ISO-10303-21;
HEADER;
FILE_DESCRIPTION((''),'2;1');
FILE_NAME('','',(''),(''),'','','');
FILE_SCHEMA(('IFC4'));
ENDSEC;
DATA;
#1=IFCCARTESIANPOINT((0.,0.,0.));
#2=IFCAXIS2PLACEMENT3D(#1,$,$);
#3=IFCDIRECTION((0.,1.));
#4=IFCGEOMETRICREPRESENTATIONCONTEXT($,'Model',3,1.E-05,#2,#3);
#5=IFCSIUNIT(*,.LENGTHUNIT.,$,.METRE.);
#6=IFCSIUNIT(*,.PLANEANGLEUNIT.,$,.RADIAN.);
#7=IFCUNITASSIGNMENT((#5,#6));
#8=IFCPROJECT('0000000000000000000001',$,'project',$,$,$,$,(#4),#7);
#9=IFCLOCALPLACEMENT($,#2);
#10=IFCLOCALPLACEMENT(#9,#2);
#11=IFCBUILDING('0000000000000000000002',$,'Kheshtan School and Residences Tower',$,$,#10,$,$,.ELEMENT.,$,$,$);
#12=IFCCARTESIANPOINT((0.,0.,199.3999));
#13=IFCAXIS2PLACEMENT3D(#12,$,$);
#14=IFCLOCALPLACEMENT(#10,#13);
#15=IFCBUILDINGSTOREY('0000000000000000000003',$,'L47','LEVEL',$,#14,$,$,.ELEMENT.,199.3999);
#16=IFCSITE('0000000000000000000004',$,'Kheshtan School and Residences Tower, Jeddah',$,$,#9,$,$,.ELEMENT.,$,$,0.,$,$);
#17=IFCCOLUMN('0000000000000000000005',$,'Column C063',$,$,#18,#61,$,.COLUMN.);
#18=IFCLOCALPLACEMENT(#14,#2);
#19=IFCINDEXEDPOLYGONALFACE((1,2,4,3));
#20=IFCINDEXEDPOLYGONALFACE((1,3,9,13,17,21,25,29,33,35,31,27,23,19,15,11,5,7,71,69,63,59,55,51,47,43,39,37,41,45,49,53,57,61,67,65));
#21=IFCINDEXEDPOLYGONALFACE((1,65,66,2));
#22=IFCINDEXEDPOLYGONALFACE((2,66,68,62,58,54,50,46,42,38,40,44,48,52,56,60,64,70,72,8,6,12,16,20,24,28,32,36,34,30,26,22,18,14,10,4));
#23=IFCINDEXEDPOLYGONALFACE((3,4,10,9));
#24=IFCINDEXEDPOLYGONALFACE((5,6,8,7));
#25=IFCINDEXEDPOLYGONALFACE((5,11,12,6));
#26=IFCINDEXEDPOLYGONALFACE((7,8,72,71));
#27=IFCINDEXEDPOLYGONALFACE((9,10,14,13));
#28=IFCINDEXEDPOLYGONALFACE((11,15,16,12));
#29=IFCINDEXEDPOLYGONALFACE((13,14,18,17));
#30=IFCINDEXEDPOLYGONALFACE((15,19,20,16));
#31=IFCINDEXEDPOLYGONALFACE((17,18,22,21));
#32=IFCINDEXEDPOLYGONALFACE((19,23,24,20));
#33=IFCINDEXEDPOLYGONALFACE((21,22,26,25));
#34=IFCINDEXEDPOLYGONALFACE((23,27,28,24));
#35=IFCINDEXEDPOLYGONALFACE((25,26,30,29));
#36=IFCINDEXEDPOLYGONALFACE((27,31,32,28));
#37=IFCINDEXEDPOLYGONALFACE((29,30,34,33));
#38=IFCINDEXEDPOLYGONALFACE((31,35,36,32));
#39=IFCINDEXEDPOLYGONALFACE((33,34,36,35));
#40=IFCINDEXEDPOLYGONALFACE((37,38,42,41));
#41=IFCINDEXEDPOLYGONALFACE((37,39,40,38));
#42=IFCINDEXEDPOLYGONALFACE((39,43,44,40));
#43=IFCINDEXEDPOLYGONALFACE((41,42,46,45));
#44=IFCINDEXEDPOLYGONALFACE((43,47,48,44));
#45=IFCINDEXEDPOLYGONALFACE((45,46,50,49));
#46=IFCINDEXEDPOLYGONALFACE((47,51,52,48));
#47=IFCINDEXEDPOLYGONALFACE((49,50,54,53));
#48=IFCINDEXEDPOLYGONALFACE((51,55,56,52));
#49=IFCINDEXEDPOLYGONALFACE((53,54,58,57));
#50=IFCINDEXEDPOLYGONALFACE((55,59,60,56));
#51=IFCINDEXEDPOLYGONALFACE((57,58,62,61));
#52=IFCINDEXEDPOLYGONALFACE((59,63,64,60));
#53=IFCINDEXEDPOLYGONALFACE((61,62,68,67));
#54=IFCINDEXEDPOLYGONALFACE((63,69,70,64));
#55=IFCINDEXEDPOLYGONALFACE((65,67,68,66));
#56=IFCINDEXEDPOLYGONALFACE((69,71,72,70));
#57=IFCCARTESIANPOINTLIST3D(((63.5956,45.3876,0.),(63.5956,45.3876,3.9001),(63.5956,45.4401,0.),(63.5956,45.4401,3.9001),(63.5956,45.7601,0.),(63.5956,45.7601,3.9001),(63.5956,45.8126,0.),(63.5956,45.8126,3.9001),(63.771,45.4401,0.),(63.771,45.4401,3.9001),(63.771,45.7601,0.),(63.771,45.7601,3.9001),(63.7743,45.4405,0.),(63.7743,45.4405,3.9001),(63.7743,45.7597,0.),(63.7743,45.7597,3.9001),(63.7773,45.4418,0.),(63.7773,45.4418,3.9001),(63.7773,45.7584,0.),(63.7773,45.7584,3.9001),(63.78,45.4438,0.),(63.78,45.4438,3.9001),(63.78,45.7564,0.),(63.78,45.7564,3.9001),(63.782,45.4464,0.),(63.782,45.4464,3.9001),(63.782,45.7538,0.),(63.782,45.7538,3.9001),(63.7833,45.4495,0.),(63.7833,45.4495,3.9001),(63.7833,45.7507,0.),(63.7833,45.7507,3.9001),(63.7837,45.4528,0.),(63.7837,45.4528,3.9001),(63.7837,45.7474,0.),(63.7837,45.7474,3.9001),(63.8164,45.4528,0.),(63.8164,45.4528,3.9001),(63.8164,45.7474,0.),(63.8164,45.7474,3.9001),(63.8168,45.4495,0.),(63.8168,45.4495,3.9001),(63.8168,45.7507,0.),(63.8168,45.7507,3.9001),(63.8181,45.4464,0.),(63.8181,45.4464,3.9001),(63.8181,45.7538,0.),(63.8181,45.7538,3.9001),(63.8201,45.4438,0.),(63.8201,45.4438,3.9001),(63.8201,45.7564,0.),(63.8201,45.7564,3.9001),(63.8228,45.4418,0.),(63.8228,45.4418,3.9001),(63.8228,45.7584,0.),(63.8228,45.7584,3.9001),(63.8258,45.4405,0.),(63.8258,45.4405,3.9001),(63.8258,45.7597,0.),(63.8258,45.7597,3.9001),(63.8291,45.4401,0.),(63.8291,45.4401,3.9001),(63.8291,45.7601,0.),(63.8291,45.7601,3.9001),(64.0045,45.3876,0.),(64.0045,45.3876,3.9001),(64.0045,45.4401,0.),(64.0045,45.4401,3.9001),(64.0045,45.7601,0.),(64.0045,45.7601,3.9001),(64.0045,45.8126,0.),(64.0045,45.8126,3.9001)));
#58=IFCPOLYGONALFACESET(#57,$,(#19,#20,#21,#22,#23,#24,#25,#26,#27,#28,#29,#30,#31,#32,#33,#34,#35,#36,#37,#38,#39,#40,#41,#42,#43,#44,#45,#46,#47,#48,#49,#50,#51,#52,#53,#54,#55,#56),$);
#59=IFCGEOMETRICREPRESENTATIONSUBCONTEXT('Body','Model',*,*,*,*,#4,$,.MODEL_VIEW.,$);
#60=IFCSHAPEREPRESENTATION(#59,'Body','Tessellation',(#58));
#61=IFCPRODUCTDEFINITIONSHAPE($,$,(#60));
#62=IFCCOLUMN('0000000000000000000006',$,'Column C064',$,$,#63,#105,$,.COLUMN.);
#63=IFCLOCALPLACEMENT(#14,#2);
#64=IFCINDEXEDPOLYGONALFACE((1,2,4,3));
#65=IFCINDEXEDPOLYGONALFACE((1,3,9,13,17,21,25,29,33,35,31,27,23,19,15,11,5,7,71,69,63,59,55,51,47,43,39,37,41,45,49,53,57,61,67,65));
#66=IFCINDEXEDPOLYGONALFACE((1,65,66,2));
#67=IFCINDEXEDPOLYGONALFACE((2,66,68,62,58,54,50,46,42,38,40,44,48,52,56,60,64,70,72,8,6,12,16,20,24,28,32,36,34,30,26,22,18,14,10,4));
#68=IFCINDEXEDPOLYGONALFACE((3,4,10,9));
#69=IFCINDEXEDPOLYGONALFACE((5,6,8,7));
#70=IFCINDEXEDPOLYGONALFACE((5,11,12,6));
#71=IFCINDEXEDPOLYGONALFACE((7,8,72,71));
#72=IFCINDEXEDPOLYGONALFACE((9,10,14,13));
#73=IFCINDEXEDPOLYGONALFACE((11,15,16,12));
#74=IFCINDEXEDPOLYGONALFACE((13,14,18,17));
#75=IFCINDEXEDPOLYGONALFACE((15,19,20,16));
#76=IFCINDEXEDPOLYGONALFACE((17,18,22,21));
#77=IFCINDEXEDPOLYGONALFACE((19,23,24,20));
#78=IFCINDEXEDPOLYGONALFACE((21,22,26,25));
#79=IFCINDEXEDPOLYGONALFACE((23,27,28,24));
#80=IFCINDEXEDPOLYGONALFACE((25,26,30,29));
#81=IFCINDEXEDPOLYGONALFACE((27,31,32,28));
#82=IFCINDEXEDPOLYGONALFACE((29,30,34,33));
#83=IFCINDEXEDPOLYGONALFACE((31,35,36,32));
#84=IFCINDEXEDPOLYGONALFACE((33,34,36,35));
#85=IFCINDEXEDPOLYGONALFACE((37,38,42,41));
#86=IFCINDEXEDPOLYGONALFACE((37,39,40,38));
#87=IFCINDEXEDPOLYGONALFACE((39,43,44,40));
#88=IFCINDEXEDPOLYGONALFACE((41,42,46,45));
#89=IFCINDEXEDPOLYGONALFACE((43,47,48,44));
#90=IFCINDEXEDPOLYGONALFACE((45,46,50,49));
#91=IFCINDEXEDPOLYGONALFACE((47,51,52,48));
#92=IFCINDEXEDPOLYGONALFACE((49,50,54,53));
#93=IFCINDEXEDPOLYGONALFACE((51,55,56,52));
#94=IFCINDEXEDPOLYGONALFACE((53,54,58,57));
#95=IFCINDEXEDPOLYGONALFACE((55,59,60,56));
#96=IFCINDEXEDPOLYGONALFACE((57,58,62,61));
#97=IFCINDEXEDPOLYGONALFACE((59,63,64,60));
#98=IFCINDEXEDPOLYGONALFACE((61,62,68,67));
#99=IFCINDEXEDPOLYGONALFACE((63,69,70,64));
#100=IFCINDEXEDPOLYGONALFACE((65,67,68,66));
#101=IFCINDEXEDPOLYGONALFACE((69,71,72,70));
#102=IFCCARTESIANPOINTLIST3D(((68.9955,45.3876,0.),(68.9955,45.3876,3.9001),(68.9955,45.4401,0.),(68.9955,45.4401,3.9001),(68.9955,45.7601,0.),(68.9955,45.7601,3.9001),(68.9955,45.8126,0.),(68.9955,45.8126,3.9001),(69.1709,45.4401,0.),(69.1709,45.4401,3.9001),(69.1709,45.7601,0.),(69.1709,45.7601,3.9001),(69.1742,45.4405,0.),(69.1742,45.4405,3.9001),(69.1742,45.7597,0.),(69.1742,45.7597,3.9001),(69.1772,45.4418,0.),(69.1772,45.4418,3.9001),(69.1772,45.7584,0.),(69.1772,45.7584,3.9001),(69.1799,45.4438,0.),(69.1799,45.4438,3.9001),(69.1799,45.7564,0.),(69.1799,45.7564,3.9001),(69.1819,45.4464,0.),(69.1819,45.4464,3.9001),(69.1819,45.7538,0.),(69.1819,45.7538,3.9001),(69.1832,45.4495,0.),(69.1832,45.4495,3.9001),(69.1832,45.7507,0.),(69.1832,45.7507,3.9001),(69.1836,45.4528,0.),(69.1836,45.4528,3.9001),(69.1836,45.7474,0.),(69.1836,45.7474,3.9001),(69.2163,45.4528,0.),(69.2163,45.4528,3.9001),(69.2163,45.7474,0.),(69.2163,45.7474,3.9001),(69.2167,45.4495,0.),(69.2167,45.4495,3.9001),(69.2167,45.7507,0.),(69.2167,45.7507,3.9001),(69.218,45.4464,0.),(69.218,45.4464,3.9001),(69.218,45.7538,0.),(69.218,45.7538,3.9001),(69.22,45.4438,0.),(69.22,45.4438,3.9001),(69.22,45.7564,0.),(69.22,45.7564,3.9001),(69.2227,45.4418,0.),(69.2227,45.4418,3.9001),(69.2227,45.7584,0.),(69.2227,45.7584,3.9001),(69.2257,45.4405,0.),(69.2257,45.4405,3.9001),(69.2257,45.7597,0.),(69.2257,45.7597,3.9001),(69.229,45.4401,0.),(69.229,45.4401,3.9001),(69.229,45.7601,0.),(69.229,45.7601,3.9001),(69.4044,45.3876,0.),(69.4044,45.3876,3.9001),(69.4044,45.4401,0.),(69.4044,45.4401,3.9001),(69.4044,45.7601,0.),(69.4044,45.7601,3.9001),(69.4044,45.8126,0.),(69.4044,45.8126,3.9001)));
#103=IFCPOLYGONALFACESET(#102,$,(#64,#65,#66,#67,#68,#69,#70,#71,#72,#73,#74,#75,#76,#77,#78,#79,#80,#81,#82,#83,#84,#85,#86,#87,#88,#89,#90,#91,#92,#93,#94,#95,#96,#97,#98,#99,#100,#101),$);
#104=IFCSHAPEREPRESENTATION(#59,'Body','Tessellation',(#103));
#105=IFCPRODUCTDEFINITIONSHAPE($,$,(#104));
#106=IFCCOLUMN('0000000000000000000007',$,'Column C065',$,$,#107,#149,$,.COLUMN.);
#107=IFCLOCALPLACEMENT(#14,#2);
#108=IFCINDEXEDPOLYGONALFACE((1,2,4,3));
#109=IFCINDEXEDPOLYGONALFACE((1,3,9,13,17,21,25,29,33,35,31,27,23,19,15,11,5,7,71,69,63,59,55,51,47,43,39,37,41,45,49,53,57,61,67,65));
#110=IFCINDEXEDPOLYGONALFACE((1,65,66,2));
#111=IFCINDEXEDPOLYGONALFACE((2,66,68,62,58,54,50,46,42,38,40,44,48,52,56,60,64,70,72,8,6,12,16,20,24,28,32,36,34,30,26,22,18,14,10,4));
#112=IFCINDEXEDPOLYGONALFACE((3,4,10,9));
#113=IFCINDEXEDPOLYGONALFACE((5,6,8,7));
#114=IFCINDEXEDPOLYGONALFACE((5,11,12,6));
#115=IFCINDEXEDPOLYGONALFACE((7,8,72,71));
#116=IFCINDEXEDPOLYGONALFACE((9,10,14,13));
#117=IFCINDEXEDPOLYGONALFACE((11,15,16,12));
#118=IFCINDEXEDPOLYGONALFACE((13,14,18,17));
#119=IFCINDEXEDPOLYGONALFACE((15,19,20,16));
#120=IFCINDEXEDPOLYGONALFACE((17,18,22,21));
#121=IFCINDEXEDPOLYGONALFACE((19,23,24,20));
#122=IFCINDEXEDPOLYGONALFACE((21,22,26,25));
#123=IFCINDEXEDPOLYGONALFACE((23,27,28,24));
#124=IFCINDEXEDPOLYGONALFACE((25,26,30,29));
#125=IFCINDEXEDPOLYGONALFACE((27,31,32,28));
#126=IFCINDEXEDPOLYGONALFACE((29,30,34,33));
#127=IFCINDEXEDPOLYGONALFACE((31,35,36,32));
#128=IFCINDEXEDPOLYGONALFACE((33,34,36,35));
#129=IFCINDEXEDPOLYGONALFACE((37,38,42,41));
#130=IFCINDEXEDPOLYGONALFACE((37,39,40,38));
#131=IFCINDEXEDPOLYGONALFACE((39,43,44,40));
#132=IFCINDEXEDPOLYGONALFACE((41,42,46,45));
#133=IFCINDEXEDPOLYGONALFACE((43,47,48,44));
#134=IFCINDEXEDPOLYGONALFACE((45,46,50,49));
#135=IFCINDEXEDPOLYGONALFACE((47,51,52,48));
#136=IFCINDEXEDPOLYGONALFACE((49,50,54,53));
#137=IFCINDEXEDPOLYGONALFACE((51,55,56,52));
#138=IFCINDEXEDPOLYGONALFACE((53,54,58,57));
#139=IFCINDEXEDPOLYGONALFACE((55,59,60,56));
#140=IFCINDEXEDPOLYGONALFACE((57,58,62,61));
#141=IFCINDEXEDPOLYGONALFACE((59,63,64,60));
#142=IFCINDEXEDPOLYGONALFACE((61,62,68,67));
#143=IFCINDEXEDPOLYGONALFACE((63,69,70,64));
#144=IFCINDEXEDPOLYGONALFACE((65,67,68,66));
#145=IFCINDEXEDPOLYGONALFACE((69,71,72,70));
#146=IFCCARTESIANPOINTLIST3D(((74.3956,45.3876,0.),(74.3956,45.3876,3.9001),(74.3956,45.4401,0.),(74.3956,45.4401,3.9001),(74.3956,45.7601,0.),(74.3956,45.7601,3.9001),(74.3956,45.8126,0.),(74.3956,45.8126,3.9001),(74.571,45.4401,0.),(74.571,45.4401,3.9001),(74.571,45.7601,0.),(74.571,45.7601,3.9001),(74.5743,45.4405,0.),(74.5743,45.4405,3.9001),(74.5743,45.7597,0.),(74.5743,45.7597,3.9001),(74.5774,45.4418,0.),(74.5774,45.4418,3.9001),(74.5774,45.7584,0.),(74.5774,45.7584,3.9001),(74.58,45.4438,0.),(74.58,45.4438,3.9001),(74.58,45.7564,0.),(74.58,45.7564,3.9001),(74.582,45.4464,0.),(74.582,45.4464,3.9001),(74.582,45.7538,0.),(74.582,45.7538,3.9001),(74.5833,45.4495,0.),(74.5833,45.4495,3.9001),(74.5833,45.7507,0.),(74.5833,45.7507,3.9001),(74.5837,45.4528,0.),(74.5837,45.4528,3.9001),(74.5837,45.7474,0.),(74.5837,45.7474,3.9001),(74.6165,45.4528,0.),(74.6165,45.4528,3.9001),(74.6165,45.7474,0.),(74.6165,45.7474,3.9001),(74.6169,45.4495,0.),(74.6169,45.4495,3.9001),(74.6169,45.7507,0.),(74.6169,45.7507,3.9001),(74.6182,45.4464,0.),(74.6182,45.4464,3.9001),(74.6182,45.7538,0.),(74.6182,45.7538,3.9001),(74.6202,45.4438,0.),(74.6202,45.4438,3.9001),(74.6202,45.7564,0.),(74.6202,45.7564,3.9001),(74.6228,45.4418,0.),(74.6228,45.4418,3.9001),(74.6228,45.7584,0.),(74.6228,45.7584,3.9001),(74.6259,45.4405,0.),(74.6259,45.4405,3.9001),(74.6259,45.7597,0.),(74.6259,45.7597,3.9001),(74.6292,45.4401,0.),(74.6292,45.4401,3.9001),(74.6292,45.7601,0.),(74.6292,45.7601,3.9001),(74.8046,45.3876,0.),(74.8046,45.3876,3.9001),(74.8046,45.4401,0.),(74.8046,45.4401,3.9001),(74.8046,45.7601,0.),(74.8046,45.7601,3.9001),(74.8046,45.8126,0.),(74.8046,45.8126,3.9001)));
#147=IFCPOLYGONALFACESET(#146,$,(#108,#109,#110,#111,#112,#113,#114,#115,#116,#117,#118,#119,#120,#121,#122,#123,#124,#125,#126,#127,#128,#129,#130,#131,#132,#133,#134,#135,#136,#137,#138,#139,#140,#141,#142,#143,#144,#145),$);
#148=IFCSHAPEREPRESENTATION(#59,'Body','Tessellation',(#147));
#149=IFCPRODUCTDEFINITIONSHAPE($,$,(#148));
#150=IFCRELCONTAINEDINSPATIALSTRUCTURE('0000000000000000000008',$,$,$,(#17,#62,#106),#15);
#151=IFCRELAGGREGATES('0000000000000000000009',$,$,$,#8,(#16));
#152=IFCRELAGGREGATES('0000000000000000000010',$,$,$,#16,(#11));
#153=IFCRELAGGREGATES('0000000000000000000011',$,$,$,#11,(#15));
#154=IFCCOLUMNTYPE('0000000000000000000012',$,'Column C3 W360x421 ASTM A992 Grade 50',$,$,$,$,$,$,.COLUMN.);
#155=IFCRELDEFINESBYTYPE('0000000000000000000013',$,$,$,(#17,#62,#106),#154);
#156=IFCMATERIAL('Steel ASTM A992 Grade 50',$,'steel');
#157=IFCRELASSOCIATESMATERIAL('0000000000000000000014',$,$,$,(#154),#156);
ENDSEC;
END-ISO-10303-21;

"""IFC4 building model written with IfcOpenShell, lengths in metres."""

from ifc_helpers import new_model, si_unit, direction, frame, origin, origin_2d, place, context, subcontext, project, spatial, i_section, extrude, material, material_profile, profile_set, type_object, element, save


model = new_model("IFC4")

# Units and contexts
model_context = context("Model", 3, precision=1e-05, world=origin(), true_north=direction((0.0, 1.0)))
body_context = subcontext(model_context, "Body", "Model", "MODEL_VIEW")
ifc_project = project(units=[si_unit("LENGTHUNIT", "METRE"), si_unit("PLANEANGLEUNIT", "RADIAN")], contexts=[model_context])

# Site, building, storey
site_placement = place(None, origin())
site = spatial("IfcSite", under=ifc_project, at=site_placement, Name="Kheshtan School and Residences Tower, Jeddah", CompositionType="ELEMENT", RefElevation=0.0)
building_placement = place(site_placement, origin())
building = spatial("IfcBuilding", under=site, at=building_placement, Name="Kheshtan School and Residences Tower", CompositionType="ELEMENT")
storey_placement = place(building_placement, frame((0.0, 0.0, 199.3999)))
storey = spatial("IfcBuildingStorey", under=building, at=storey_placement, Name="L47", Description="LEVEL", CompositionType="ELEMENT", Elevation=199.3999)

# Columns
ifc_material_1 = material(Name="Steel ASTM A992 Grade 50", Category="steel")
ifc_material_profile_1 = material_profile(ifc_material_1, i_section(OverallWidth=0.4089, OverallDepth=0.425, WebThickness=0.0327, FlangeThickness=0.0525, FilletRadius=0.0127, at=origin_2d()), Name="W360x421")
ifc_profile_set_1 = profile_set([ifc_material_profile_1], Name="Steel ASTM A992 Grade 50")
column_type_1 = type_object("IfcColumnType", Name="Column C3 W360x421 ASTM A992 Grade 50", PredefinedType="COLUMN", material=ifc_profile_set_1)
for number, where, z_axis, x_axis, name in (
    (1, (63.8, 45.6001, 0.0), (0.0, 0.0, 1.0), (1.0, 0.0, 0.0), "Column C063"),
    (2, (69.2, 45.6001, 0.0), (0.0, 0.0, 1.0), (1.0, 0.0, 0.0), "Column C064"),
    (3, (74.6001, 45.6001, 0.0), (0.0, 0.0, 1.0), (1.0, 0.0, 0.0), "Column C065"),
):
    element("IfcColumn", number, at=place(storey_placement, frame(where, z_axis=z_axis, x_axis=x_axis)), inside=storey, type_object=column_type_1, Name=name, PredefinedType="COLUMN", context=body_context, shape_type="SweptSolid", body=[
        extrude(i_section(OverallWidth=0.4089, OverallDepth=0.425, WebThickness=0.0327, FlangeThickness=0.0525, FilletRadius=0.0127, at=origin_2d()), origin(), (0.0, 0.0, 1.0), 3.9001),
    ])

save(model, "model.ifc")
